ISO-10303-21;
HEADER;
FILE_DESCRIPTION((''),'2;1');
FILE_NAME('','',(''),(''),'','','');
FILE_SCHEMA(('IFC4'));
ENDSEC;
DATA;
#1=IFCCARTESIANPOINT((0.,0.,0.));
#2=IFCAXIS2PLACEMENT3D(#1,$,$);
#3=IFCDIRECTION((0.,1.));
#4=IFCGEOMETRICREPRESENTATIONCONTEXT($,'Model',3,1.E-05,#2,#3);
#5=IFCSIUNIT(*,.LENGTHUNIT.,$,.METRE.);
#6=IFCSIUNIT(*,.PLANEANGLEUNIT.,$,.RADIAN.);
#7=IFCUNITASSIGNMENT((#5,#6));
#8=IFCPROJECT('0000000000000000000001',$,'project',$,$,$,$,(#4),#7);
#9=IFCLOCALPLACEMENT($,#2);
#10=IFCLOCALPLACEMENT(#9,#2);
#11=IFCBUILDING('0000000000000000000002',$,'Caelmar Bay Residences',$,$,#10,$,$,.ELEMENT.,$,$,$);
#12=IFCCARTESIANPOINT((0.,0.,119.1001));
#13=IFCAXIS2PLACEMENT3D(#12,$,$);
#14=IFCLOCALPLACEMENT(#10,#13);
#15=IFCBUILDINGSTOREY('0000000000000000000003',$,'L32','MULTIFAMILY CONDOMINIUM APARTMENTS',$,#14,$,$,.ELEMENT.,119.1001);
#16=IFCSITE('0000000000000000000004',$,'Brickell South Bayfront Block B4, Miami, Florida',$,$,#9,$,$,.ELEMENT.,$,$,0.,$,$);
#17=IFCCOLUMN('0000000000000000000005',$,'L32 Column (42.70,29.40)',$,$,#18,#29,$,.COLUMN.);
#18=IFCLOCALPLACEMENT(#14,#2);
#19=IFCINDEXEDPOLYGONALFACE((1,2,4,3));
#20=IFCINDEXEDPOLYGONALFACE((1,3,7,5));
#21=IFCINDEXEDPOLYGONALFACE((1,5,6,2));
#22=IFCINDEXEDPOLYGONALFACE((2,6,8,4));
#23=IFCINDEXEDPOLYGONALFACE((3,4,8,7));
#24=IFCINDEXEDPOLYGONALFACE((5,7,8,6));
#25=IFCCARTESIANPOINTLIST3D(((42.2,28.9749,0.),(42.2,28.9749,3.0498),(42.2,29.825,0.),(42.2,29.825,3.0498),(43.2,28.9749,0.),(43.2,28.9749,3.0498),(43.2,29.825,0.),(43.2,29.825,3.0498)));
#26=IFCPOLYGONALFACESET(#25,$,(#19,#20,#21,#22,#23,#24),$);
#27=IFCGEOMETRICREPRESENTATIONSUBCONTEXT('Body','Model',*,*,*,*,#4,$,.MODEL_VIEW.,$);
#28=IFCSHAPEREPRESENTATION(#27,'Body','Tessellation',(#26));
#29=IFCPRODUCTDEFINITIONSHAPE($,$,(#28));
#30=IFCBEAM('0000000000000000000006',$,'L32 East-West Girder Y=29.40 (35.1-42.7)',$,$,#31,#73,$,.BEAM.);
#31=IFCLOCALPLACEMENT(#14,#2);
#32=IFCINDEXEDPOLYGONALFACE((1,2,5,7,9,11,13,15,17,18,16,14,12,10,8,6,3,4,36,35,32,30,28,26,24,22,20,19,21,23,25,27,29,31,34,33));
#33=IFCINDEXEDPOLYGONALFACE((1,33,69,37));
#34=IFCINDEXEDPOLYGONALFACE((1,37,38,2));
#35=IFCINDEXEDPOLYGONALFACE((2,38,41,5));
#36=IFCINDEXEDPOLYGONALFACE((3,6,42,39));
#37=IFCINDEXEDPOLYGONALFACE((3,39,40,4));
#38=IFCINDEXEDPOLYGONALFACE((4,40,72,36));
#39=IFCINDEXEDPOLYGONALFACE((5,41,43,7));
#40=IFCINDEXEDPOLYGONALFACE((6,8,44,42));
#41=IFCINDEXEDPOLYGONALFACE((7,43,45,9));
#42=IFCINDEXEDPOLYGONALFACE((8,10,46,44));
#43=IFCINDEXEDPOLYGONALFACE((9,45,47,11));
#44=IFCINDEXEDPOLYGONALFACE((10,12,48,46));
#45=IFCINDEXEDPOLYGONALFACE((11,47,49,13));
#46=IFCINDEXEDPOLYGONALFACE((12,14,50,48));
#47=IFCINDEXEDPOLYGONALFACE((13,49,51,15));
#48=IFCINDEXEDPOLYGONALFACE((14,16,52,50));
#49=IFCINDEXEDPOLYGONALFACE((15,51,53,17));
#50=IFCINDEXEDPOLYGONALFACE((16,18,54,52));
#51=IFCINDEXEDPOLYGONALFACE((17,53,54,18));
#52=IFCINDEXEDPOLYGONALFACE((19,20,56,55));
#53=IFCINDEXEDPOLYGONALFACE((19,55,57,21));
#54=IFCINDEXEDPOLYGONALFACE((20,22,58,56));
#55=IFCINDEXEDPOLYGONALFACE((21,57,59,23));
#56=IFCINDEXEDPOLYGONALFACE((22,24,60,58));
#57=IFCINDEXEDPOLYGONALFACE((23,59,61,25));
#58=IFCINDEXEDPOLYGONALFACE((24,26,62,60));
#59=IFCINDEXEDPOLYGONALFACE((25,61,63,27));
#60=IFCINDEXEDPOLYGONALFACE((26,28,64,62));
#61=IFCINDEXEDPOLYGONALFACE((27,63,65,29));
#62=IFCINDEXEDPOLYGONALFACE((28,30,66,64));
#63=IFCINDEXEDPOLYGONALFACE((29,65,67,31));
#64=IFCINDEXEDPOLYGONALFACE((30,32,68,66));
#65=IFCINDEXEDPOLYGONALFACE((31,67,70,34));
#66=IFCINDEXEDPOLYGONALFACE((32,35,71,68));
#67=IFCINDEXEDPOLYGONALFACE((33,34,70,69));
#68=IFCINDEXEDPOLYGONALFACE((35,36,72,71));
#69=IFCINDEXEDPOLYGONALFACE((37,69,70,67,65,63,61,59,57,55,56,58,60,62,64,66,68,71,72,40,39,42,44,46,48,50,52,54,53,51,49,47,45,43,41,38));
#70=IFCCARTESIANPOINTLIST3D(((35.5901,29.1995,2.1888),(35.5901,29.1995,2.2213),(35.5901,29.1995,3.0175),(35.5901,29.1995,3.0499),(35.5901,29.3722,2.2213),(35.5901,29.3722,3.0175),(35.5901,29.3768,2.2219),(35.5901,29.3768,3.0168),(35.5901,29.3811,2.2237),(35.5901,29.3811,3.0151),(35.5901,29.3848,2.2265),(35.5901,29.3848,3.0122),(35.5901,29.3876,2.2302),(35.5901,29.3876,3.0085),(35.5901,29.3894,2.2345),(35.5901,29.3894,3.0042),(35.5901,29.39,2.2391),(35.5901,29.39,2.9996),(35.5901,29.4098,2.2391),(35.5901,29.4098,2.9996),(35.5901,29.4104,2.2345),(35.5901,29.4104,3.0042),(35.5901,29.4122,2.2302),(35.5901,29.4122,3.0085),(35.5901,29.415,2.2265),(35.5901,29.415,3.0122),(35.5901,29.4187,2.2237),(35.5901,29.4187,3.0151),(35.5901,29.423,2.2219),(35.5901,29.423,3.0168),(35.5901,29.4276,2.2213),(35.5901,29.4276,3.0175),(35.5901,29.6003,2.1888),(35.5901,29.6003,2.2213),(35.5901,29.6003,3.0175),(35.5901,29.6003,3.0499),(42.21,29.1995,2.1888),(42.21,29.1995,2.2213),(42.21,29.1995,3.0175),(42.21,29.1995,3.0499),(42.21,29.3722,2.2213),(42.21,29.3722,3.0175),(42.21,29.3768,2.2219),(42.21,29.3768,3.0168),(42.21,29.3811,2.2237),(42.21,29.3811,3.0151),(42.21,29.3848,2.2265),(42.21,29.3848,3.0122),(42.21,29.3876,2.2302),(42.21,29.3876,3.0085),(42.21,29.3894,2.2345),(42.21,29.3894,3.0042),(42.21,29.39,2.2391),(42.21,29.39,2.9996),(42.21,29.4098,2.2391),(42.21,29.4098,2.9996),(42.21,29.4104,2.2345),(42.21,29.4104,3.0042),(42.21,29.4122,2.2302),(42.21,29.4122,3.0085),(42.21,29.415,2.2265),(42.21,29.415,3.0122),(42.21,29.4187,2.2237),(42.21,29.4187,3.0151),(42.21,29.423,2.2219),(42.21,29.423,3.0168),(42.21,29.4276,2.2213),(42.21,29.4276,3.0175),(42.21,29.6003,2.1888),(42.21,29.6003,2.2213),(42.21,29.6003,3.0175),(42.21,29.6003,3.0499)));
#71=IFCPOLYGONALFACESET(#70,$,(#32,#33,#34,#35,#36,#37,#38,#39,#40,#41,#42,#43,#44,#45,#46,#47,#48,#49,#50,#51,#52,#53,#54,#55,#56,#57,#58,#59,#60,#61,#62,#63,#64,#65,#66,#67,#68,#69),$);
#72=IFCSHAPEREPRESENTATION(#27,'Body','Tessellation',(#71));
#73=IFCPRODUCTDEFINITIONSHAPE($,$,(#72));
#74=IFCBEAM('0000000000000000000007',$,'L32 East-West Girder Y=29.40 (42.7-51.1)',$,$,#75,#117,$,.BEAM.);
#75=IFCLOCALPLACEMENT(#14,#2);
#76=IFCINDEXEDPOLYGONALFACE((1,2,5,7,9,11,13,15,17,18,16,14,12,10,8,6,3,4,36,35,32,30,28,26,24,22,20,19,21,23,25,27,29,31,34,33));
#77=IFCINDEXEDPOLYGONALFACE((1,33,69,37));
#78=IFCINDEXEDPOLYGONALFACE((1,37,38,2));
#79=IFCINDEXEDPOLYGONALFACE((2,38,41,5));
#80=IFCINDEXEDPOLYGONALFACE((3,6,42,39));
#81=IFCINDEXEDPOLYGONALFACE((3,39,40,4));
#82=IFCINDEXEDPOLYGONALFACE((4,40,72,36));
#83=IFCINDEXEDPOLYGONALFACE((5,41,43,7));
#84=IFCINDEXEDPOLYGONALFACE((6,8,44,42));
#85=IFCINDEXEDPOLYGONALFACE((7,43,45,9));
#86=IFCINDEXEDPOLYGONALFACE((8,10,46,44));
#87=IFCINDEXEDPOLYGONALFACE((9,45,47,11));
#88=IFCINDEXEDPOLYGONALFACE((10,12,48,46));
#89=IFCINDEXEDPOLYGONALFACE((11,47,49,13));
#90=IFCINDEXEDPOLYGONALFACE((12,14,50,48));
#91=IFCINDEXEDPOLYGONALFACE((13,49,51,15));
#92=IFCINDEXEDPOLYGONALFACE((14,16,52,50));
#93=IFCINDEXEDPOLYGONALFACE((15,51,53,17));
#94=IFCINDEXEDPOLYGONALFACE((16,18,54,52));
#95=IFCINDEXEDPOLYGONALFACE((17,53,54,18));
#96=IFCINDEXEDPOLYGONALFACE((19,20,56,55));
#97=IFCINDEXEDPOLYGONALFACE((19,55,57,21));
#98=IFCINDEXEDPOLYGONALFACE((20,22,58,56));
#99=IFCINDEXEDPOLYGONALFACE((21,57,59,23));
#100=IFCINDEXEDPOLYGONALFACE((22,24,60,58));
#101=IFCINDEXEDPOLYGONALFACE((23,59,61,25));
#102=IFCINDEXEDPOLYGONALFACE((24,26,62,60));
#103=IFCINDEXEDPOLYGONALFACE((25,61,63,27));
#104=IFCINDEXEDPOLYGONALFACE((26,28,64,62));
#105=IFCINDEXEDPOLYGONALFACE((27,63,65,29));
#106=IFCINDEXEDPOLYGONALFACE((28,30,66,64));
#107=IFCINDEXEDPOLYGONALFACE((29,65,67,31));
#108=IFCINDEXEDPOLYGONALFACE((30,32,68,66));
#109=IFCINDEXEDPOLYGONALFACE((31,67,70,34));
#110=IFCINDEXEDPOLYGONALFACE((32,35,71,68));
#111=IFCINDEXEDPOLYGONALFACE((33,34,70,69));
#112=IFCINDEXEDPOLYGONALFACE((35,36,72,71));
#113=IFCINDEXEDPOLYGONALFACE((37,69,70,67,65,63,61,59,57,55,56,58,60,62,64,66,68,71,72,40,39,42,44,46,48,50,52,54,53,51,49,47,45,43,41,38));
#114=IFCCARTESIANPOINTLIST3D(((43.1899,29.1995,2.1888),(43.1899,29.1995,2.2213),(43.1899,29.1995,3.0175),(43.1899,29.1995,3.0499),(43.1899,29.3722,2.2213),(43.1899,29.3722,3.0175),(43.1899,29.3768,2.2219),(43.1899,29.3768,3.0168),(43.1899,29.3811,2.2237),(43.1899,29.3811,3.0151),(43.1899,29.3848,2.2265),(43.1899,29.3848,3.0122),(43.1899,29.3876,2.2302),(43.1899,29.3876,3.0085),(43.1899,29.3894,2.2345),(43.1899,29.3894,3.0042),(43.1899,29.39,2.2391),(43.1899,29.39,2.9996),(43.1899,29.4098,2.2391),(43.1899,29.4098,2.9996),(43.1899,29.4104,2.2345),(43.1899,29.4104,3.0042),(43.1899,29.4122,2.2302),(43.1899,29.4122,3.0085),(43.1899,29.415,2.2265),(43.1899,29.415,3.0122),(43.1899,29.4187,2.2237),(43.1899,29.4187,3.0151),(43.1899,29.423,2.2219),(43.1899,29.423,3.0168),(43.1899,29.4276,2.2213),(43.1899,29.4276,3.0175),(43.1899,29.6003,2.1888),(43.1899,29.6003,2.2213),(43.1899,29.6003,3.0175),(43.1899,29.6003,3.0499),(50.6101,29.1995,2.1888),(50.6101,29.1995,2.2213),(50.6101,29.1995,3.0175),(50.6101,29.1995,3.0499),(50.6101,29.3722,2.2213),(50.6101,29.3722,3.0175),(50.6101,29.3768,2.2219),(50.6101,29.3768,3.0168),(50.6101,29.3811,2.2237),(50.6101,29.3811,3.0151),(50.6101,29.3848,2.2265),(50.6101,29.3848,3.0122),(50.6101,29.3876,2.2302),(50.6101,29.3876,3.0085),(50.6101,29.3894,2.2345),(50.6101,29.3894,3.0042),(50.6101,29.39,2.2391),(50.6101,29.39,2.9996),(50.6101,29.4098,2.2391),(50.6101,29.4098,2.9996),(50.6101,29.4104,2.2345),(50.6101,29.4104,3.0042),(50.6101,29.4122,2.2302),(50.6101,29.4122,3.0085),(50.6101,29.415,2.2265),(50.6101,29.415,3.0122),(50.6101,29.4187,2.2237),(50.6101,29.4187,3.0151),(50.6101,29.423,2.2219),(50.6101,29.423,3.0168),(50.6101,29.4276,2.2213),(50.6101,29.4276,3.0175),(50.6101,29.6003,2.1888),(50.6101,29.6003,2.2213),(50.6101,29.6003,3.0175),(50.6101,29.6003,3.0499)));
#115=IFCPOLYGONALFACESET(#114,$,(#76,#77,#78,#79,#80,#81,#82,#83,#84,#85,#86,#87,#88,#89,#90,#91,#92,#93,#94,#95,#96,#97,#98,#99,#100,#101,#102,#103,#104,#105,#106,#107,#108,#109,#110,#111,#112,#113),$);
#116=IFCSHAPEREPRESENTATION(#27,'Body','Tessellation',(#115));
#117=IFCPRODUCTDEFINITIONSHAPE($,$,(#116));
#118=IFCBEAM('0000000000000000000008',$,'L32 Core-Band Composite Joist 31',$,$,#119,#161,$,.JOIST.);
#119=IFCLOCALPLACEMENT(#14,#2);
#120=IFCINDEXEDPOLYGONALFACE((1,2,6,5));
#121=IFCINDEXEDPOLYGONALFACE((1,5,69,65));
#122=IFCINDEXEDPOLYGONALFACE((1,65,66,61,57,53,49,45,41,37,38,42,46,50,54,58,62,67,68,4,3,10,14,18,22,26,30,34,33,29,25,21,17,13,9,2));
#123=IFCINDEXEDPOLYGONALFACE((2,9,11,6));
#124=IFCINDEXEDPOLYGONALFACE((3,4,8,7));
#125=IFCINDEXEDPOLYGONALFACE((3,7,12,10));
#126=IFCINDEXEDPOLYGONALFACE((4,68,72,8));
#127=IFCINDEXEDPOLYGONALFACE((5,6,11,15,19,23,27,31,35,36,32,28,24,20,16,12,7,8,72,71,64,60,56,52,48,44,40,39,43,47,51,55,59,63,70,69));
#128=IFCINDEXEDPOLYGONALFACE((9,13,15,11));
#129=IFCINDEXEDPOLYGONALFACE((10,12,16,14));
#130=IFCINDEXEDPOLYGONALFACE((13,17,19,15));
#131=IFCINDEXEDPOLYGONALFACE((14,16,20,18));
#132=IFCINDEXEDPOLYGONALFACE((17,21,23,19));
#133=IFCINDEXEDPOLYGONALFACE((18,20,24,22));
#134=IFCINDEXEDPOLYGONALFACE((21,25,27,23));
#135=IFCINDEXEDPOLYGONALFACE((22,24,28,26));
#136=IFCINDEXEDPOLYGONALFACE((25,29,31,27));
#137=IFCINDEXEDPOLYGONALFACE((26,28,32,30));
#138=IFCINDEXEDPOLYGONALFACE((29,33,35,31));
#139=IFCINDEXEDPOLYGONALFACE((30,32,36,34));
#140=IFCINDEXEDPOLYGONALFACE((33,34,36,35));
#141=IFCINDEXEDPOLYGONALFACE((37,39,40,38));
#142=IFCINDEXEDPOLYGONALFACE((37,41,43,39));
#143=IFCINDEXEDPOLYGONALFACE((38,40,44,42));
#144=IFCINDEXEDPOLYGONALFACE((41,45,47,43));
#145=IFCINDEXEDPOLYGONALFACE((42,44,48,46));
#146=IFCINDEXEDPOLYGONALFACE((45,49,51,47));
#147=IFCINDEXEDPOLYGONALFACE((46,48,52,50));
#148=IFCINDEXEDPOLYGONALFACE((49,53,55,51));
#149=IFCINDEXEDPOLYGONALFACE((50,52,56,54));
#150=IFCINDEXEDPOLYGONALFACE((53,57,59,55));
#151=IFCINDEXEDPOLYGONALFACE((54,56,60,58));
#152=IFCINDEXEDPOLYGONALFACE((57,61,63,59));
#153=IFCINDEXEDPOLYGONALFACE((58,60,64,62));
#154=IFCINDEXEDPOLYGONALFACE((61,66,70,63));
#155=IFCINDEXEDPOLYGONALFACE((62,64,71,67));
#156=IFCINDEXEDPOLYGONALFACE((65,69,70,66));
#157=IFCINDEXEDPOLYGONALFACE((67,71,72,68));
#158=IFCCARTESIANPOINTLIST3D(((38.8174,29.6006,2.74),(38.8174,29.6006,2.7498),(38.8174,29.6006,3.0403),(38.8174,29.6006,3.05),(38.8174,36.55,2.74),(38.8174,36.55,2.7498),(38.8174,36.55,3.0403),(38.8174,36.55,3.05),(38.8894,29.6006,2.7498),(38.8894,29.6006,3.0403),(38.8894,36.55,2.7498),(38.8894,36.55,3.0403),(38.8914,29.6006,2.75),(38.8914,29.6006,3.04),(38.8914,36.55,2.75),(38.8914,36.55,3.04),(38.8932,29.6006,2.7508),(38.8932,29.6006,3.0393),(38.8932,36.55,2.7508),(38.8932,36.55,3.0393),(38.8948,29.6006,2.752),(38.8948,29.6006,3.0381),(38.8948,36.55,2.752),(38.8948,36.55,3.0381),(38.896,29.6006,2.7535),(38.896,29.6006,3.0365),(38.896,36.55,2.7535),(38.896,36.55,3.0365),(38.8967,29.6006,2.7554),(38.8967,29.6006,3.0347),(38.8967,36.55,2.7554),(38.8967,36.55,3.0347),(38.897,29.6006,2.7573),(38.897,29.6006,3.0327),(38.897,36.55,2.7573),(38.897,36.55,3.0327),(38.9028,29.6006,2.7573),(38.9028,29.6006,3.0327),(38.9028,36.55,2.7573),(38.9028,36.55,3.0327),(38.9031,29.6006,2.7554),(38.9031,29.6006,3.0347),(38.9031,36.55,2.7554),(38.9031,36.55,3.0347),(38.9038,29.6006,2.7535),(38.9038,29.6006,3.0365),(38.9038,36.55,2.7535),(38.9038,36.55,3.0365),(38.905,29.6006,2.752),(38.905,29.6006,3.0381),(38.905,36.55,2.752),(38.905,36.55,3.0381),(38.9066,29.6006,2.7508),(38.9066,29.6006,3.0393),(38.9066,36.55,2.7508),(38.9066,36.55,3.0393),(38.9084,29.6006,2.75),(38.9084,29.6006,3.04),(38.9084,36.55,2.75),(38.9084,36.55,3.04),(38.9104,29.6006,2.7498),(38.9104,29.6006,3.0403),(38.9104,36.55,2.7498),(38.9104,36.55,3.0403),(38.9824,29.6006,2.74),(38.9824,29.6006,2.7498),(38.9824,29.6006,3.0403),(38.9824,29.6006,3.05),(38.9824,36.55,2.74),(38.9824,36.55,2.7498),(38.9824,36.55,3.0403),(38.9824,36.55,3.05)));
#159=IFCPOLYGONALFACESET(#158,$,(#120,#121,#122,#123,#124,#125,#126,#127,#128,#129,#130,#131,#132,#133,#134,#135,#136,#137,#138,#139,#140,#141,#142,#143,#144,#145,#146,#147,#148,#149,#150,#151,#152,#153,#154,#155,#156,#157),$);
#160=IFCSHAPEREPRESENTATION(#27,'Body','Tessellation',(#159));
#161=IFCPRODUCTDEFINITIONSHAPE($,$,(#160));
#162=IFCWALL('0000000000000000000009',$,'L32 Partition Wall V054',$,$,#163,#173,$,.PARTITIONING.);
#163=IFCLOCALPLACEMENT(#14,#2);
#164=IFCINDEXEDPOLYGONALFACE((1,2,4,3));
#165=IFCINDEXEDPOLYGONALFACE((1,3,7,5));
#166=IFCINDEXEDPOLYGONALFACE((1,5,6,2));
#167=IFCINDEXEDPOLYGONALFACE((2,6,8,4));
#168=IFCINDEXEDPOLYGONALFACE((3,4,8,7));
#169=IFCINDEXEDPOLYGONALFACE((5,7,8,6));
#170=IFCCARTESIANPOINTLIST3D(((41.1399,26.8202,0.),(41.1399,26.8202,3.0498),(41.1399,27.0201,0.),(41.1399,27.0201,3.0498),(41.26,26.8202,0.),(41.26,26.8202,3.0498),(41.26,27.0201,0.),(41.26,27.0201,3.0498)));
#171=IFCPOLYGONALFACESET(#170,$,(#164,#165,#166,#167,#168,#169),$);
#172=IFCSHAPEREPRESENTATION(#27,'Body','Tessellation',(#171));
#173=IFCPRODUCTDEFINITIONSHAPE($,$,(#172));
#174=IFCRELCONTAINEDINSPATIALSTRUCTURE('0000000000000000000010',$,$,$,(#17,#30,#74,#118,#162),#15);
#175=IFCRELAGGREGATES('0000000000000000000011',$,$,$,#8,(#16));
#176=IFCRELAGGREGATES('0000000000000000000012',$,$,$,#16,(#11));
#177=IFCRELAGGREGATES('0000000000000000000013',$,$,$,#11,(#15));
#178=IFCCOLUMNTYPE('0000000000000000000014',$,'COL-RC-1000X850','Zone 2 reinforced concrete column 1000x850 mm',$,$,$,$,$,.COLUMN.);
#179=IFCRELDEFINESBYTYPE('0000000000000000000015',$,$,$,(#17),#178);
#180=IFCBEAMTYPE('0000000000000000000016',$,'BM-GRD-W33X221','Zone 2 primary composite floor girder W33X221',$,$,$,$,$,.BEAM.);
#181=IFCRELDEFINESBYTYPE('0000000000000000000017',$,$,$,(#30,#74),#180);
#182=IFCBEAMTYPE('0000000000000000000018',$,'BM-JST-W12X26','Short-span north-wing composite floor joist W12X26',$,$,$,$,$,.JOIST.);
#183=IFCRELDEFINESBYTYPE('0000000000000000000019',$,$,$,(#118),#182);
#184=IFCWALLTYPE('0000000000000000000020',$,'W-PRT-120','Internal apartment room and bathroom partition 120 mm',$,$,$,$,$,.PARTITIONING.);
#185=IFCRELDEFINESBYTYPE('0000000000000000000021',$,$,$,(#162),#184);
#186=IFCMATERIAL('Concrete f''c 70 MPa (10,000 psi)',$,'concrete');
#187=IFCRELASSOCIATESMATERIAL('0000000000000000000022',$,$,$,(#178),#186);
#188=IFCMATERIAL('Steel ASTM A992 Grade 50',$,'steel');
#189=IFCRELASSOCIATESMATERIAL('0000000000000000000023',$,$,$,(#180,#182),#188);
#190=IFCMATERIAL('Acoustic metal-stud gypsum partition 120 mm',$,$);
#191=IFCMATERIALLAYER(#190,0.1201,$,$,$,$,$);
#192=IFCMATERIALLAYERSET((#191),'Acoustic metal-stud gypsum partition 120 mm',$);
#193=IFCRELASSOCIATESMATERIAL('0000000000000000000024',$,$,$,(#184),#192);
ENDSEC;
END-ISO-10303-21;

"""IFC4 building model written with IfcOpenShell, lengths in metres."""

from ifc_helpers import new_model, si_unit, direction, frame, frame_2d, origin, origin_2d, place, context, subcontext, project, spatial, rectangle, i_section, extrude, material, layer, layer_set, material_profile, profile_set, type_object, element, save


model = new_model("IFC4")

# Units and contexts
model_context = context("Model", 3, precision=1e-05, world=origin(), true_north=direction((0.0, 1.0)))
body_context = subcontext(model_context, "Body", "Model", "MODEL_VIEW")
ifc_project = project(units=[si_unit("LENGTHUNIT", "METRE"), si_unit("PLANEANGLEUNIT", "RADIAN")], contexts=[model_context])

# Site, building, storey
site_placement = place(None, origin())
site = spatial("IfcSite", under=ifc_project, at=site_placement, Name="Brickell South Bayfront Block B4, Miami, Florida", CompositionType="ELEMENT", RefElevation=0.0)
building_placement = place(site_placement, origin())
building = spatial("IfcBuilding", under=site, at=building_placement, Name="Caelmar Bay Residences", CompositionType="ELEMENT")
storey_placement = place(building_placement, frame((0.0, 0.0, 119.1001)))
storey = spatial("IfcBuildingStorey", under=building, at=storey_placement, Name="L32", Description="MULTIFAMILY CONDOMINIUM APARTMENTS", CompositionType="ELEMENT", Elevation=119.1001)

# Column
ifc_material_1 = material(Name="Concrete f'c 70 MPa (10,000 psi)", Category="concrete")
ifc_material_profile_1 = material_profile(ifc_material_1, rectangle(XDim=1.0, YDim=0.8501, at=origin_2d()), Name="RC-COL-1000X850")
ifc_profile_set_1 = profile_set([ifc_material_profile_1], Name="Concrete f'c 70 MPa (10,000 psi)")
column_type = type_object("IfcColumnType", Name="COL-RC-1000X850", Description="Zone 2 reinforced concrete column 1000x850 mm", PredefinedType="COLUMN", material=ifc_profile_set_1)
column_placement = place(storey_placement, frame((42.7, 29.3999, 0.0), z_axis=(0.0, 0.0, 1.0), x_axis=(1.0, 0.0, 0.0)))
element("IfcColumn", 1, at=column_placement, inside=storey, type_object=column_type, Name="L32 Column (42.70,29.40)", PredefinedType="COLUMN", context=body_context, shape_type="SweptSolid", body=[
    extrude(rectangle(XDim=1.0, YDim=0.8501, at=origin_2d()), origin(), (0.0, 0.0, 1.0), 3.0498),
])

# Beams
ifc_material_2 = material(Name="Steel ASTM A992 Grade 50", Category="steel")
ifc_material_profile_2 = material_profile(ifc_material_2, i_section(OverallWidth=0.4009, OverallDepth=0.8611, WebThickness=0.0198, FlangeThickness=0.0325, FilletRadius=0.0178, at=origin_2d()), Name="W33X221")
ifc_profile_set_2 = profile_set([ifc_material_profile_2], Name="Steel ASTM A992 Grade 50")
beam_type_1 = type_object("IfcBeamType", Name="BM-GRD-W33X221", Description="Zone 2 primary composite floor girder W33X221", PredefinedType="BEAM", material=ifc_profile_set_2)
beam_1_placement = place(storey_placement, frame((35.5901, 29.3999, 2.6194), z_axis=(1.0, 0.0, 0.0), x_axis=(0.0, 1.0, 0.0)))
element("IfcBeam", 2, at=beam_1_placement, inside=storey, type_object=beam_type_1, Name="L32 East-West Girder Y=29.40 (35.1-42.7)", PredefinedType="BEAM", context=body_context, shape_type="SweptSolid", body=[
    extrude(i_section(OverallWidth=0.4009, OverallDepth=0.8611, WebThickness=0.0198, FlangeThickness=0.0325, FilletRadius=0.0178, at=origin_2d()), origin(), (0.0, 0.0, 1.0), 6.6199),
])
beam_2_placement = place(storey_placement, frame((43.1899, 29.3999, 2.6194), z_axis=(1.0, 0.0, 0.0), x_axis=(0.0, 1.0, 0.0)))
element("IfcBeam", 3, at=beam_2_placement, inside=storey, type_object=beam_type_1, Name="L32 East-West Girder Y=29.40 (42.7-51.1)", PredefinedType="BEAM", context=body_context, shape_type="SweptSolid", body=[
    extrude(i_section(OverallWidth=0.4009, OverallDepth=0.8611, WebThickness=0.0198, FlangeThickness=0.0325, FilletRadius=0.0178, at=origin_2d()), origin(), (0.0, 0.0, 1.0), 7.4202),
])
ifc_material_profile_3 = material_profile(ifc_material_2, i_section(OverallWidth=0.165, OverallDepth=0.3101, WebThickness=0.0059, FlangeThickness=0.0098, FilletRadius=0.0076, at=origin_2d()), Name="W12X26")
ifc_profile_set_3 = profile_set([ifc_material_profile_3], Name="Steel ASTM A992 Grade 50")
beam_type_2 = type_object("IfcBeamType", Name="BM-JST-W12X26", Description="Short-span north-wing composite floor joist W12X26", PredefinedType="JOIST", material=ifc_profile_set_3)
beam_3_placement = place(storey_placement, frame((38.8999, 29.6006, 2.895), z_axis=(0.0, 1.0, 0.0), x_axis=(-1.0, 0.0, 0.0)))
element("IfcBeam", 4, at=beam_3_placement, inside=storey, type_object=beam_type_2, Name="L32 Core-Band Composite Joist 31", PredefinedType="JOIST", context=body_context, shape_type="SweptSolid", body=[
    extrude(i_section(OverallWidth=0.165, OverallDepth=0.3101, WebThickness=0.0059, FlangeThickness=0.0098, FilletRadius=0.0076, at=origin_2d()), origin(), (0.0, 0.0, 1.0), 6.9495),
])

# Wall
ifc_material_3 = material(Name="Acoustic metal-stud gypsum partition 120 mm")
ifc_layer_1 = layer(ifc_material_3, 0.1201)
ifc_layer_set_1 = layer_set([ifc_layer_1], Name="Acoustic metal-stud gypsum partition 120 mm")
wall_type_1 = type_object("IfcWallType", Name="W-PRT-120", Description="Internal apartment room and bathroom partition 120 mm", PredefinedType="PARTITIONING", material=ifc_layer_set_1)
wall_1_placement = place(storey_placement, frame((41.2, 26.8201, 0.0), z_axis=(0.0, 0.0, 1.0), x_axis=(0.0, 1.0, 0.0)))
element("IfcWall", 5, at=wall_1_placement, inside=storey, type_object=wall_type_1, Name="L32 Partition Wall V054", PredefinedType="PARTITIONING", context=body_context, shape_type="SweptSolid", body=[
    extrude(rectangle(XDim=0.2, YDim=0.1201, at=frame_2d((0.1001, 0.0))), origin(), (0.0, 0.0, 1.0), 3.0498),
])

save(model, "model.ifc")
